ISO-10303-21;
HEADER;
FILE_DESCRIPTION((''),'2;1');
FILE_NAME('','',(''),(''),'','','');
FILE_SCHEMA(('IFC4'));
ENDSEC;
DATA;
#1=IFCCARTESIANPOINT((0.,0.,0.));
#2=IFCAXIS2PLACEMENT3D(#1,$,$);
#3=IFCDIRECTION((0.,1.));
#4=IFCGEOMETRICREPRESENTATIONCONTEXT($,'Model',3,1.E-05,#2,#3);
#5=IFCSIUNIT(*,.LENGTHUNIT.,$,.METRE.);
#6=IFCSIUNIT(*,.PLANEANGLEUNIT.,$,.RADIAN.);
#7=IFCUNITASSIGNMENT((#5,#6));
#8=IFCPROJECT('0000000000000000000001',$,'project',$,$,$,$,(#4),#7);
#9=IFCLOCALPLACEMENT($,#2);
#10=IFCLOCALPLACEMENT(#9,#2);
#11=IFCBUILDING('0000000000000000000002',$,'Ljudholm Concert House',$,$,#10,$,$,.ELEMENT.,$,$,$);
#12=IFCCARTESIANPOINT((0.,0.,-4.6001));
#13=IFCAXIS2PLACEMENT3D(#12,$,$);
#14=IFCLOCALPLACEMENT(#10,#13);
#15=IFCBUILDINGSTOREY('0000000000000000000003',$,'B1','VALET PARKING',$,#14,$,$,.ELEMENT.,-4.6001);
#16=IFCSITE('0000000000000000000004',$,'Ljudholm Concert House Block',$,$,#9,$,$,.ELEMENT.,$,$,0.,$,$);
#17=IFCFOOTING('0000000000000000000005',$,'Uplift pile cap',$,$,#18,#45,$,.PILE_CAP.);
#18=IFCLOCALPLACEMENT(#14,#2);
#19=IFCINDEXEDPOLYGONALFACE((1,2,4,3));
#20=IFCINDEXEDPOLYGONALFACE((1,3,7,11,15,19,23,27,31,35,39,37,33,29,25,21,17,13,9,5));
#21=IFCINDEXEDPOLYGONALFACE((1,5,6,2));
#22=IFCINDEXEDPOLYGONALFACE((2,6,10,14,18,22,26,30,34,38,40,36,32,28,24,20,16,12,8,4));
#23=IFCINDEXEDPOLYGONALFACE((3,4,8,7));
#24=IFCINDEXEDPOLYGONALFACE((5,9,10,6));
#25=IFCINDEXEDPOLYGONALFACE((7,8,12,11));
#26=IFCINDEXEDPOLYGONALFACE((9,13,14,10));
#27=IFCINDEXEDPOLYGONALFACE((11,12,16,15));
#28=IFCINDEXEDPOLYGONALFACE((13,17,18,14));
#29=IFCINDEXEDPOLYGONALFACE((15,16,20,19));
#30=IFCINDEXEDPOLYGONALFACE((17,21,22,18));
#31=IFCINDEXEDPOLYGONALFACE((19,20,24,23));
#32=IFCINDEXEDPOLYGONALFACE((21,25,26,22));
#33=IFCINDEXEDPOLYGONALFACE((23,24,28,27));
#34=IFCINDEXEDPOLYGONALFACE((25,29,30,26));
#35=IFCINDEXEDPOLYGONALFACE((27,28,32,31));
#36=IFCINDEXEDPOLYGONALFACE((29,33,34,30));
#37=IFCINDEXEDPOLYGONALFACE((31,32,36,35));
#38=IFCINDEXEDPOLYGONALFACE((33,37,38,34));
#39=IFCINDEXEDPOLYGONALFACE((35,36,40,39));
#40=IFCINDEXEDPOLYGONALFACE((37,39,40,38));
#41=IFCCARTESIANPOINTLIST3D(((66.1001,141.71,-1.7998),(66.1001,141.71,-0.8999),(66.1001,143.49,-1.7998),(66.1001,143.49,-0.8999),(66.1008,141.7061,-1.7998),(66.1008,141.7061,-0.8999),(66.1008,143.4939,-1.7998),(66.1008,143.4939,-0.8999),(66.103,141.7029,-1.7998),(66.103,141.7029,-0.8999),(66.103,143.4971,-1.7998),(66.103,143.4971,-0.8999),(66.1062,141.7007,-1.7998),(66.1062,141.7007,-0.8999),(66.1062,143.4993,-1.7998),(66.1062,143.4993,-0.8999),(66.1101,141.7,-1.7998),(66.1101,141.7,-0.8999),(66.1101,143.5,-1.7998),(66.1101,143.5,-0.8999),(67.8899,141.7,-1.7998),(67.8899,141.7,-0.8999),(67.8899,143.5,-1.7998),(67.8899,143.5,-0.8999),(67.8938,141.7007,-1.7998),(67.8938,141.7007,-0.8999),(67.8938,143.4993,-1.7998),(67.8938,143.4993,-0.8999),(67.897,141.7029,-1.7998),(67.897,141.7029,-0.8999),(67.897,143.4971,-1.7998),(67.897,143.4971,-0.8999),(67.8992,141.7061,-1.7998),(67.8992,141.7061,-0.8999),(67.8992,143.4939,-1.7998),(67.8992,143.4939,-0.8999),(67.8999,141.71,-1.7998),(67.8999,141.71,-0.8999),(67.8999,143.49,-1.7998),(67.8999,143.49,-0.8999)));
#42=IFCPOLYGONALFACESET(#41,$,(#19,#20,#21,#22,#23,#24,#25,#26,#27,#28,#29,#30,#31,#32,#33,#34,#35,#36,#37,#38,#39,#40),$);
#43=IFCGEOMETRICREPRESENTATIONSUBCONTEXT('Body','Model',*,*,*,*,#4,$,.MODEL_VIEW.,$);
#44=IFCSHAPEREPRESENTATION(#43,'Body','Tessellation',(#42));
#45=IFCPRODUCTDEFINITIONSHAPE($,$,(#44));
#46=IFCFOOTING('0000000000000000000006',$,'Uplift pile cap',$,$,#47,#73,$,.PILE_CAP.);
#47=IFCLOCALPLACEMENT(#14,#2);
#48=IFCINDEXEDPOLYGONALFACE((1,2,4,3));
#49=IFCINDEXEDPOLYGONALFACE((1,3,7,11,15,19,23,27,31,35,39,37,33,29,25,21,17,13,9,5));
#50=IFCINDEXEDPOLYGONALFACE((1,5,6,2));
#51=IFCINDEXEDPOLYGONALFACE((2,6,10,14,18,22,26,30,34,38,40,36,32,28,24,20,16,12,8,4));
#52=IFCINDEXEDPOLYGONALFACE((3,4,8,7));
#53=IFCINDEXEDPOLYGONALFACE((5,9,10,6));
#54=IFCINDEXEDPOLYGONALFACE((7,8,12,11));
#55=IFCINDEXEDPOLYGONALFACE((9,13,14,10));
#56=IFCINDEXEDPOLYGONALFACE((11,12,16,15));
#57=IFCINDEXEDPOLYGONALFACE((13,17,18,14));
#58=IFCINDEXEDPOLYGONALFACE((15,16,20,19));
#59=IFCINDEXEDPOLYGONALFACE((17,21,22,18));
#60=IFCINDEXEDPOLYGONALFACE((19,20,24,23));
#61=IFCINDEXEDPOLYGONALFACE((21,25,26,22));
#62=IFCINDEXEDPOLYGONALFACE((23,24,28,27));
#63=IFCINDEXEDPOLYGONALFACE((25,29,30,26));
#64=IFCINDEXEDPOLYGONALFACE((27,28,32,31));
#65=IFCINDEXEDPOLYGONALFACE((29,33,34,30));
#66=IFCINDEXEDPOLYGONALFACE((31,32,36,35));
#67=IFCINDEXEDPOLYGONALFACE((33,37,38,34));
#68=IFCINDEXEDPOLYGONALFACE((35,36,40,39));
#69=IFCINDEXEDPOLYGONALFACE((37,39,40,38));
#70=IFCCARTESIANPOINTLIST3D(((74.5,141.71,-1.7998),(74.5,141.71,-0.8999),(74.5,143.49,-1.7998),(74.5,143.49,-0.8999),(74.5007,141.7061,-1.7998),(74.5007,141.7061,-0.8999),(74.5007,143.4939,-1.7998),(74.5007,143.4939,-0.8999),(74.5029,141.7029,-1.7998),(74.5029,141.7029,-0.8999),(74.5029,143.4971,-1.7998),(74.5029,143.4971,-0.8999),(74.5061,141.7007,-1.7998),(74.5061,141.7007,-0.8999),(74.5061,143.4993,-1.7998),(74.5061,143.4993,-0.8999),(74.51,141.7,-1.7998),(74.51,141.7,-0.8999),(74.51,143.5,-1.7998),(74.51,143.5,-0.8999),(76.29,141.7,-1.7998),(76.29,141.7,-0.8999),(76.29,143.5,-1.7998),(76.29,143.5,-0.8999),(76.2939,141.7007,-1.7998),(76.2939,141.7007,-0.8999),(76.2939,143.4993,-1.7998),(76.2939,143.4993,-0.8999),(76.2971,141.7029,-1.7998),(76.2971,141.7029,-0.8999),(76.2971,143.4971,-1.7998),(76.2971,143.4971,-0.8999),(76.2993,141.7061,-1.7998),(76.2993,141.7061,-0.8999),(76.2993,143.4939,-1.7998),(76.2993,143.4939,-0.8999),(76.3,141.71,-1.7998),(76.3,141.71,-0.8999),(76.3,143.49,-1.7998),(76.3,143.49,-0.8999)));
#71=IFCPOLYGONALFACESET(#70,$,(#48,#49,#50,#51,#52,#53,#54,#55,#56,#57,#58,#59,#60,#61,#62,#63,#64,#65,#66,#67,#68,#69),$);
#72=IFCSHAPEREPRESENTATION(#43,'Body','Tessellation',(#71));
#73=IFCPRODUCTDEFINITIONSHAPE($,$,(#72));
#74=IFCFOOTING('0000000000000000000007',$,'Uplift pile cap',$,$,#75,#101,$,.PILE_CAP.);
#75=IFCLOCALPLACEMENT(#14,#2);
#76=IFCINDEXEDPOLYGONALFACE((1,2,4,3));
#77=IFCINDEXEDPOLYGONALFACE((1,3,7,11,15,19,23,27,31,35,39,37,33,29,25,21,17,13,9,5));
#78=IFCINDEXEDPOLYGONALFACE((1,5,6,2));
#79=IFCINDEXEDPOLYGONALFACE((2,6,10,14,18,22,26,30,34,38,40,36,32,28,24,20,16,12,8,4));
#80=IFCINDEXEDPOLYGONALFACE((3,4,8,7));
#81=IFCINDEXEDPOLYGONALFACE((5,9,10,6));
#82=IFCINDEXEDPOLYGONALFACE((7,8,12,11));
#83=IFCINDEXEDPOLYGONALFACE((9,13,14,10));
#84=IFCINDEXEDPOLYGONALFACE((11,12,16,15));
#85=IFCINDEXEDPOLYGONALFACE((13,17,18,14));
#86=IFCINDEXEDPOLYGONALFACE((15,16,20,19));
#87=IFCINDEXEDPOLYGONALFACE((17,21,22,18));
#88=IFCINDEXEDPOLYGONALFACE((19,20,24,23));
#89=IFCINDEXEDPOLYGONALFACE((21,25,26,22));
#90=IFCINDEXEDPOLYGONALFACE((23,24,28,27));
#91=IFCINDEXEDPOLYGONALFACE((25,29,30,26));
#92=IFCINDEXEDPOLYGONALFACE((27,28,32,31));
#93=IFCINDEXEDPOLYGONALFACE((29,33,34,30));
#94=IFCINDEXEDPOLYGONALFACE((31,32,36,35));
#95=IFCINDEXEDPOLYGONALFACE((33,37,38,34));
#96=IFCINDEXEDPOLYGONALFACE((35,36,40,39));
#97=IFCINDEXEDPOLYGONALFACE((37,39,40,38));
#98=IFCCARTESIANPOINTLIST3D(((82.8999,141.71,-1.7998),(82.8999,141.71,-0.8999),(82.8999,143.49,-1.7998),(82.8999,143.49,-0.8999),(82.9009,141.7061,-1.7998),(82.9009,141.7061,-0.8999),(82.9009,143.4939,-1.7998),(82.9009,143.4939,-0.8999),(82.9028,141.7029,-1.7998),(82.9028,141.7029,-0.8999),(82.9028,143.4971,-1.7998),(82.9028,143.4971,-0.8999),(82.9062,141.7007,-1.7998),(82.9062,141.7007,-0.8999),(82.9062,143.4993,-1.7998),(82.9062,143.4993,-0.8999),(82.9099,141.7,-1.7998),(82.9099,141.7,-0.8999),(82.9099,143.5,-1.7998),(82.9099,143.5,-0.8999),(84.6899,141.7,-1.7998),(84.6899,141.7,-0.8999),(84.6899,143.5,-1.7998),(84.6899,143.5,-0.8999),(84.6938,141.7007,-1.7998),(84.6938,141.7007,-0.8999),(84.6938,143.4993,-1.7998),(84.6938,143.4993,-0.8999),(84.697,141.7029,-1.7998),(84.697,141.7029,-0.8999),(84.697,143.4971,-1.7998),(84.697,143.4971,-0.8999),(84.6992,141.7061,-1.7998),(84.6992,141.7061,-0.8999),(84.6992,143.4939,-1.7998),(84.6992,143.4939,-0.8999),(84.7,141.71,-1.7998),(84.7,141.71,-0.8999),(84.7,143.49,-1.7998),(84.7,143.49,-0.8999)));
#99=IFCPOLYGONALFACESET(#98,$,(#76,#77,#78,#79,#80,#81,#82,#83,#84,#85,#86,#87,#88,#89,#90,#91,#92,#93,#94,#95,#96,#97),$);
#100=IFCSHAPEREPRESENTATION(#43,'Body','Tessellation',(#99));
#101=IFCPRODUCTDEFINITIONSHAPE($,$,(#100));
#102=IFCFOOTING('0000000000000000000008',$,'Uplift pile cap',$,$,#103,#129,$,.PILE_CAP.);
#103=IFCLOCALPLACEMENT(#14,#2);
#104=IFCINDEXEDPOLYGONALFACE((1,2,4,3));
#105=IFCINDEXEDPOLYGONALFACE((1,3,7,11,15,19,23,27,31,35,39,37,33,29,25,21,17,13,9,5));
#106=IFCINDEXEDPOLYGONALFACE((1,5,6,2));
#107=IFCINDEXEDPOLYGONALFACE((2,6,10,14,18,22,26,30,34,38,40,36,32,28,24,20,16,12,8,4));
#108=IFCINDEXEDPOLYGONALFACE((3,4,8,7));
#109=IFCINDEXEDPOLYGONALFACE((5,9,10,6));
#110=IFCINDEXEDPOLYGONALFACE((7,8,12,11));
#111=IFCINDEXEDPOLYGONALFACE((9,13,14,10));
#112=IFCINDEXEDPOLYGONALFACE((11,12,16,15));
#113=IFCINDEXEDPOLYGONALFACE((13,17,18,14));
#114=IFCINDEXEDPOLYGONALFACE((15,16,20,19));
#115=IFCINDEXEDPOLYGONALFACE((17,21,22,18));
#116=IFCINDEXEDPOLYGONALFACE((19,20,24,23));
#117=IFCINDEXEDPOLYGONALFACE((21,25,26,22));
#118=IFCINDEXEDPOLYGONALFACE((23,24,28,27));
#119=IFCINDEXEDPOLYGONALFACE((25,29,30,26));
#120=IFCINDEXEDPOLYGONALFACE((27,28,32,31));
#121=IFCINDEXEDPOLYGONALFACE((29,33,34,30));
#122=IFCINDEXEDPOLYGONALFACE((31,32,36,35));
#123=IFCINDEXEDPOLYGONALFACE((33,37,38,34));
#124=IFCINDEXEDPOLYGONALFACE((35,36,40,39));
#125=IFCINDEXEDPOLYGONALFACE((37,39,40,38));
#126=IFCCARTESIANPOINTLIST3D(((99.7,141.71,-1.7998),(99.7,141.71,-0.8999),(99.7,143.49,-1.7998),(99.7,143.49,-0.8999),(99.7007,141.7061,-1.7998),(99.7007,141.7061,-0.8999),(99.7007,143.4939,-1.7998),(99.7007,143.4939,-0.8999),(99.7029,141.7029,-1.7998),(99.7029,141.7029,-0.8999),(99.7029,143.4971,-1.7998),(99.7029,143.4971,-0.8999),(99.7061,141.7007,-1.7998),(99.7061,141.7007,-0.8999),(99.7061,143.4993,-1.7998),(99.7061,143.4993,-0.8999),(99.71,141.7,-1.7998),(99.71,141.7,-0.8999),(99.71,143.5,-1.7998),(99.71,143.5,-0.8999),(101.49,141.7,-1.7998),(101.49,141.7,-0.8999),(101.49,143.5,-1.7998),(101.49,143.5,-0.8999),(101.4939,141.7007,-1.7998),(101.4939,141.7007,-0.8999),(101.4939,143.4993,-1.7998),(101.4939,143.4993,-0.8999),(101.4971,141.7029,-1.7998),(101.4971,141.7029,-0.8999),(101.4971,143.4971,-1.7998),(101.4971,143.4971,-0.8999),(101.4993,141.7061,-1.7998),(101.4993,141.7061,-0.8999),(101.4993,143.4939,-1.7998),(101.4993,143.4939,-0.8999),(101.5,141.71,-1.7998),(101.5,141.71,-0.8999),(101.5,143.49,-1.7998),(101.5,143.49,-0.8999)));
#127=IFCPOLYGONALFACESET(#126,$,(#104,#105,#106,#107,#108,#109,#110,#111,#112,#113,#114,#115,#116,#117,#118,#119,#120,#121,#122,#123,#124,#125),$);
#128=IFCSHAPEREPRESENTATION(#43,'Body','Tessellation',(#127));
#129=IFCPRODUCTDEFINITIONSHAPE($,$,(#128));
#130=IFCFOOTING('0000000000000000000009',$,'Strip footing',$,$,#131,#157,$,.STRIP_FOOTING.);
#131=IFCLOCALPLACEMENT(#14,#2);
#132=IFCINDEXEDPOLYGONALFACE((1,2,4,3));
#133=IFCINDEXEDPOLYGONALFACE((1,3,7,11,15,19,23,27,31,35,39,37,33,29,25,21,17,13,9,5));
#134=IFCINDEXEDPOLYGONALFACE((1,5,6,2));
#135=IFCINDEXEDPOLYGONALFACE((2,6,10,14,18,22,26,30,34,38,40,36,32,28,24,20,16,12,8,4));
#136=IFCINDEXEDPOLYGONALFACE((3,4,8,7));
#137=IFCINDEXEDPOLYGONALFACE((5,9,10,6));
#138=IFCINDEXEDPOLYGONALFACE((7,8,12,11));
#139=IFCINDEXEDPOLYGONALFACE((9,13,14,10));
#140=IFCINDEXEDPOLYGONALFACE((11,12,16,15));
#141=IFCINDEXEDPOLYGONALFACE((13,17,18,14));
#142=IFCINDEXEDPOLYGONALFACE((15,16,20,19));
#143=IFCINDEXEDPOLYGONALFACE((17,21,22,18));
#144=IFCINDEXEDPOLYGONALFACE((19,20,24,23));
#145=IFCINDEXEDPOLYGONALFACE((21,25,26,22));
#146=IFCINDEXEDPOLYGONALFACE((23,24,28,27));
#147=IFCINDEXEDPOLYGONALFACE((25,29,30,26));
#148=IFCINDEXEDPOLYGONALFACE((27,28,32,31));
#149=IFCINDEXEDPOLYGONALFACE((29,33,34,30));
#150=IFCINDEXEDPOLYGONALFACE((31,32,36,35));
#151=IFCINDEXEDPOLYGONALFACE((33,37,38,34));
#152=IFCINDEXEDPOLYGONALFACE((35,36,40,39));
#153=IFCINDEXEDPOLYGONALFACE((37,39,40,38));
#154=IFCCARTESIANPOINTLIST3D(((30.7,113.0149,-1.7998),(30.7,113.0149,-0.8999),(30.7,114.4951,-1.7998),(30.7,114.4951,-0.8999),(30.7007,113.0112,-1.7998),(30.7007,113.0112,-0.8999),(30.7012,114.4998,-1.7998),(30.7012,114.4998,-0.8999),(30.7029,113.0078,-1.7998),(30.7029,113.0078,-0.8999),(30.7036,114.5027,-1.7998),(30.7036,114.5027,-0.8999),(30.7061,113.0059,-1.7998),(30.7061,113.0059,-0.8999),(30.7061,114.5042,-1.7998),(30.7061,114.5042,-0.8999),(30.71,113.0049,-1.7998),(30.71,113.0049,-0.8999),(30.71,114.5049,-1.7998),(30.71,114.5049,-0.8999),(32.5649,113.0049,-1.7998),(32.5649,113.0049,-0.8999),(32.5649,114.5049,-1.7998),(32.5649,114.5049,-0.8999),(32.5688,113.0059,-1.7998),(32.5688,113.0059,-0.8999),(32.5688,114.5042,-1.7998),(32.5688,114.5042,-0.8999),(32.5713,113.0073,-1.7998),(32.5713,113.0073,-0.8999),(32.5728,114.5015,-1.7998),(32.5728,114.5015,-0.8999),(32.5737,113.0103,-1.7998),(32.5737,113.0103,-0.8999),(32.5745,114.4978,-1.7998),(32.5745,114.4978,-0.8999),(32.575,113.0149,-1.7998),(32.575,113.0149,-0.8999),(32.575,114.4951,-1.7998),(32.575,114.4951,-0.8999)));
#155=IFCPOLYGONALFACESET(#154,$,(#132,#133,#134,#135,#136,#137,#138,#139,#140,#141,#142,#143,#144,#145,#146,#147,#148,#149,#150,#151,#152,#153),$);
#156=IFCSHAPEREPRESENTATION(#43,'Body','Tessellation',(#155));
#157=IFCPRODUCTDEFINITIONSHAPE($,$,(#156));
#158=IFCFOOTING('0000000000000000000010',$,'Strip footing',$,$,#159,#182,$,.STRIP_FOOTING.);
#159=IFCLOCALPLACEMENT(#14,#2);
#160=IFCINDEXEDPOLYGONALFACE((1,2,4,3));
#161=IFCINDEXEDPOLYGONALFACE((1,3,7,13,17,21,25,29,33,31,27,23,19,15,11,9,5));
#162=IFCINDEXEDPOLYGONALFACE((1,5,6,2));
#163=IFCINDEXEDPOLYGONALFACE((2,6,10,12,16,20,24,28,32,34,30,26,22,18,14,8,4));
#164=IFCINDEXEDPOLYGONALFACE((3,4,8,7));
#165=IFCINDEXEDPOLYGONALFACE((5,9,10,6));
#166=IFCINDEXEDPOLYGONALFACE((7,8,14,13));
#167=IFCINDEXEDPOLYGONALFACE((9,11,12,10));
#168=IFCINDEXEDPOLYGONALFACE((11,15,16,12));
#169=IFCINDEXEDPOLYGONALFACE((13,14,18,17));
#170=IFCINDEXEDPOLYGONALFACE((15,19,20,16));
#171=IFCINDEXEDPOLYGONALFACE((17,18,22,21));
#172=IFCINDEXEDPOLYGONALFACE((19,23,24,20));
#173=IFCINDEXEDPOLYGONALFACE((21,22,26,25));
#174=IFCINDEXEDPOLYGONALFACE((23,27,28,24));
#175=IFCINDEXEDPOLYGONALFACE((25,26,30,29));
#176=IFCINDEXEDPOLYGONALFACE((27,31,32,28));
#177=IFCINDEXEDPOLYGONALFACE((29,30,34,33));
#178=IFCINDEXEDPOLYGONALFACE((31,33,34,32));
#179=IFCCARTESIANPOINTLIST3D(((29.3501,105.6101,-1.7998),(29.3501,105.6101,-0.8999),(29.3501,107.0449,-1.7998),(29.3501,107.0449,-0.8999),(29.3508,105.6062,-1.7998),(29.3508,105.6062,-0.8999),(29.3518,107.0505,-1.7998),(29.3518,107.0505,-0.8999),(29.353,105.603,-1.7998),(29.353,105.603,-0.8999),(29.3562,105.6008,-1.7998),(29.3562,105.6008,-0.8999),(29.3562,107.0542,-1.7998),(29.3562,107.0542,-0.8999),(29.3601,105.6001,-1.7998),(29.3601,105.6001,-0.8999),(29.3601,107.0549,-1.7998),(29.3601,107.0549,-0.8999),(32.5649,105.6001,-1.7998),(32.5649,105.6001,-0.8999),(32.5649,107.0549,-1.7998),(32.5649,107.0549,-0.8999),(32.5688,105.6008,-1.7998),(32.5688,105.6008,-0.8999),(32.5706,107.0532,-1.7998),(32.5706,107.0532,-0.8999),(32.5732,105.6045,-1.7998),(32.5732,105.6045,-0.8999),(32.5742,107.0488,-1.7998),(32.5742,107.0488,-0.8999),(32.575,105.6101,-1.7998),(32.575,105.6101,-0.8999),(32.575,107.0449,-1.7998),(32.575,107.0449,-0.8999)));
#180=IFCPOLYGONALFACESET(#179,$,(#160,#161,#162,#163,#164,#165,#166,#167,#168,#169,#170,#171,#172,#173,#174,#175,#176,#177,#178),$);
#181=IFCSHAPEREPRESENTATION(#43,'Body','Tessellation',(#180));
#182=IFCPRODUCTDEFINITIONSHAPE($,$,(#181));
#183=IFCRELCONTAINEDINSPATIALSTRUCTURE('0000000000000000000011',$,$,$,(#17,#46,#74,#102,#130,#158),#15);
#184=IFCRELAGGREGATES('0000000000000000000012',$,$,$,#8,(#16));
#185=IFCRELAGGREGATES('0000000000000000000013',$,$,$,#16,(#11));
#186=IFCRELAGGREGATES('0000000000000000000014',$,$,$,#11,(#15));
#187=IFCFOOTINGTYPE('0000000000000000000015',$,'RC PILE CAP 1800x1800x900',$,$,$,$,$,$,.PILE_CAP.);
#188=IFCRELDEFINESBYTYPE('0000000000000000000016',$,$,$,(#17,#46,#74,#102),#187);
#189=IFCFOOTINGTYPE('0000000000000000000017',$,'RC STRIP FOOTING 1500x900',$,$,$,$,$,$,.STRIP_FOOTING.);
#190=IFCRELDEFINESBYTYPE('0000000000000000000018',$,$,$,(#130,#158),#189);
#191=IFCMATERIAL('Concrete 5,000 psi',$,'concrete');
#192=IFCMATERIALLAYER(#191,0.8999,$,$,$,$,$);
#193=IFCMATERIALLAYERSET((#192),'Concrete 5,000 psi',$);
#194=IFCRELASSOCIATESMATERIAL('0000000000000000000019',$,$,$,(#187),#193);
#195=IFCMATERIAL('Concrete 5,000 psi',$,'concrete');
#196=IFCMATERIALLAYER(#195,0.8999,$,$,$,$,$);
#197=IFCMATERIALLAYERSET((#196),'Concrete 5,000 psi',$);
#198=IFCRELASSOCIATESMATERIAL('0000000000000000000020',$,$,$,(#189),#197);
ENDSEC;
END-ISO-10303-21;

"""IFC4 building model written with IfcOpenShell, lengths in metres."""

from ifc_helpers import new_model, si_unit, direction, frame, origin, place, context, subcontext, project, spatial, polyline, outline, extrude, material, layer, layer_set, type_object, element, save


model = new_model("IFC4")

# Units and contexts
model_context = context("Model", 3, precision=1e-05, world=origin(), true_north=direction((0.0, 1.0)))
body_context = subcontext(model_context, "Body", "Model", "MODEL_VIEW")
ifc_project = project(units=[si_unit("LENGTHUNIT", "METRE"), si_unit("PLANEANGLEUNIT", "RADIAN")], contexts=[model_context])

# Site, building, storey
site_placement = place(None, origin())
site = spatial("IfcSite", under=ifc_project, at=site_placement, Name="Ljudholm Concert House Block", CompositionType="ELEMENT", RefElevation=0.0)
building_placement = place(site_placement, origin())
building = spatial("IfcBuilding", under=site, at=building_placement, Name="Ljudholm Concert House", CompositionType="ELEMENT")
storey_placement = place(building_placement, frame((0.0, 0.0, -4.6001)))
storey = spatial("IfcBuildingStorey", under=building, at=storey_placement, Name="B1", Description="VALET PARKING", CompositionType="ELEMENT", Elevation=-4.6001)

# Footings
ifc_material_1 = material(Name="Concrete 5,000 psi", Category="concrete")
ifc_layer_1 = layer(ifc_material_1, 0.8999)
ifc_layer_set_1 = layer_set([ifc_layer_1], Name="Concrete 5,000 psi")
footing_type_1 = type_object("IfcFootingType", Name="RC PILE CAP 1800x1800x900", PredefinedType="PILE_CAP", material=ifc_layer_set_1)
footing_1_placement = place(storey_placement, frame((0.0, 0.0, -1.7998)))
element("IfcFooting", 1, at=footing_1_placement, inside=storey, type_object=footing_type_1, Name="Uplift pile cap", PredefinedType="PILE_CAP", context=body_context, shape_type="SweptSolid", body=[
    extrude(outline(polyline([(66.1001, 143.49), (66.1001, 141.71), (66.1008, 141.7061), (66.103, 141.7029), (66.1062, 141.7007), (66.1101, 141.7), (67.8899, 141.7), (67.8938, 141.7007), (67.897, 141.7029), (67.8992, 141.7061), (67.8999, 141.71), (67.8999, 143.49), (67.8992, 143.4939), (67.897, 143.4971), (67.8938, 143.4993), (67.8899, 143.5), (66.1101, 143.5), (66.1062, 143.4993), (66.103, 143.4971), (66.1008, 143.4939), (66.1001, 143.49)])), origin(), (0.0, 0.0, 1.0), 0.8999),
])
footing_2_placement = place(storey_placement, frame((0.0, 0.0, -1.7998)))
element("IfcFooting", 2, at=footing_2_placement, inside=storey, type_object=footing_type_1, Name="Uplift pile cap", PredefinedType="PILE_CAP", context=body_context, shape_type="SweptSolid", body=[
    extrude(outline(polyline([(74.5, 143.49), (74.5, 141.71), (74.5007, 141.7061), (74.5029, 141.7029), (74.5061, 141.7007), (74.51, 141.7), (76.29, 141.7), (76.2939, 141.7007), (76.2971, 141.7029), (76.2993, 141.7061), (76.3, 141.71), (76.3, 143.49), (76.2993, 143.4939), (76.2971, 143.4971), (76.2939, 143.4993), (76.29, 143.5), (74.51, 143.5), (74.5061, 143.4993), (74.5029, 143.4971), (74.5007, 143.4939), (74.5, 143.49)])), origin(), (0.0, 0.0, 1.0), 0.8999),
])
footing_3_placement = place(storey_placement, frame((0.0, 0.0, -1.7998)))
element("IfcFooting", 3, at=footing_3_placement, inside=storey, type_object=footing_type_1, Name="Uplift pile cap", PredefinedType="PILE_CAP", context=body_context, shape_type="SweptSolid", body=[
    extrude(outline(polyline([(82.8999, 143.49), (82.8999, 141.71), (82.9009, 141.7061), (82.9028, 141.7029), (82.9062, 141.7007), (82.9099, 141.7), (84.6899, 141.7), (84.6938, 141.7007), (84.697, 141.7029), (84.6992, 141.7061), (84.7, 141.71), (84.7, 143.49), (84.6992, 143.4939), (84.697, 143.4971), (84.6938, 143.4993), (84.6899, 143.5), (82.9099, 143.5), (82.9062, 143.4993), (82.9028, 143.4971), (82.9009, 143.4939), (82.8999, 143.49)])), origin(), (0.0, 0.0, 1.0), 0.8999),
])
footing_4_placement = place(storey_placement, frame((0.0, 0.0, -1.7998)))
element("IfcFooting", 4, at=footing_4_placement, inside=storey, type_object=footing_type_1, Name="Uplift pile cap", PredefinedType="PILE_CAP", context=body_context, shape_type="SweptSolid", body=[
    extrude(outline(polyline([(99.7, 143.49), (99.7, 141.71), (99.7007, 141.7061), (99.7029, 141.7029), (99.7061, 141.7007), (99.71, 141.7), (101.49, 141.7), (101.4939, 141.7007), (101.4971, 141.7029), (101.4993, 141.7061), (101.5, 141.71), (101.5, 143.49), (101.4993, 143.4939), (101.4971, 143.4971), (101.4939, 143.4993), (101.49, 143.5), (99.71, 143.5), (99.7061, 143.4993), (99.7029, 143.4971), (99.7007, 143.4939), (99.7, 143.49)])), origin(), (0.0, 0.0, 1.0), 0.8999),
])
ifc_material_2 = material(Name="Concrete 5,000 psi", Category="concrete")
ifc_layer_2 = layer(ifc_material_2, 0.8999)
ifc_layer_set_2 = layer_set([ifc_layer_2], Name="Concrete 5,000 psi")
footing_type_2 = type_object("IfcFootingType", Name="RC STRIP FOOTING 1500x900", PredefinedType="STRIP_FOOTING", material=ifc_layer_set_2)
footing_5_placement = place(storey_placement, frame((0.0, 0.0, -1.7998)))
element("IfcFooting", 5, at=footing_5_placement, inside=storey, type_object=footing_type_2, Name="Strip footing", PredefinedType="STRIP_FOOTING", context=body_context, shape_type="SweptSolid", body=[
    extrude(outline(polyline([(30.71, 113.0049), (32.5649, 113.0049), (32.5688, 113.0059), (32.5713, 113.0073), (32.5737, 113.0103), (32.575, 113.0149), (32.575, 114.4951), (32.5745, 114.4978), (32.5728, 114.5015), (32.5688, 114.5042), (32.5649, 114.5049), (30.71, 114.5049), (30.7061, 114.5042), (30.7036, 114.5027), (30.7012, 114.4998), (30.7, 114.4951), (30.7, 113.0149), (30.7007, 113.0112), (30.7029, 113.0078), (30.7061, 113.0059), (30.71, 113.0049)])), origin(), (0.0, 0.0, 1.0), 0.8999),
])
footing_6_placement = place(storey_placement, frame((0.0, 0.0, -1.7998)))
element("IfcFooting", 6, at=footing_6_placement, inside=storey, type_object=footing_type_2, Name="Strip footing", PredefinedType="STRIP_FOOTING", context=body_context, shape_type="SweptSolid", body=[
    extrude(outline(polyline([(29.3601, 105.6001), (32.5649, 105.6001), (32.5688, 105.6008), (32.5732, 105.6045), (32.575, 105.6101), (32.575, 107.0449), (32.5742, 107.0488), (32.5706, 107.0532), (32.5649, 107.0549), (29.3601, 107.0549), (29.3562, 107.0542), (29.3518, 107.0505), (29.3501, 107.0449), (29.3501, 105.6101), (29.3508, 105.6062), (29.353, 105.603), (29.3562, 105.6008), (29.3601, 105.6001)])), origin(), (0.0, 0.0, 1.0), 0.8999),
])

save(model, "model.ifc")
